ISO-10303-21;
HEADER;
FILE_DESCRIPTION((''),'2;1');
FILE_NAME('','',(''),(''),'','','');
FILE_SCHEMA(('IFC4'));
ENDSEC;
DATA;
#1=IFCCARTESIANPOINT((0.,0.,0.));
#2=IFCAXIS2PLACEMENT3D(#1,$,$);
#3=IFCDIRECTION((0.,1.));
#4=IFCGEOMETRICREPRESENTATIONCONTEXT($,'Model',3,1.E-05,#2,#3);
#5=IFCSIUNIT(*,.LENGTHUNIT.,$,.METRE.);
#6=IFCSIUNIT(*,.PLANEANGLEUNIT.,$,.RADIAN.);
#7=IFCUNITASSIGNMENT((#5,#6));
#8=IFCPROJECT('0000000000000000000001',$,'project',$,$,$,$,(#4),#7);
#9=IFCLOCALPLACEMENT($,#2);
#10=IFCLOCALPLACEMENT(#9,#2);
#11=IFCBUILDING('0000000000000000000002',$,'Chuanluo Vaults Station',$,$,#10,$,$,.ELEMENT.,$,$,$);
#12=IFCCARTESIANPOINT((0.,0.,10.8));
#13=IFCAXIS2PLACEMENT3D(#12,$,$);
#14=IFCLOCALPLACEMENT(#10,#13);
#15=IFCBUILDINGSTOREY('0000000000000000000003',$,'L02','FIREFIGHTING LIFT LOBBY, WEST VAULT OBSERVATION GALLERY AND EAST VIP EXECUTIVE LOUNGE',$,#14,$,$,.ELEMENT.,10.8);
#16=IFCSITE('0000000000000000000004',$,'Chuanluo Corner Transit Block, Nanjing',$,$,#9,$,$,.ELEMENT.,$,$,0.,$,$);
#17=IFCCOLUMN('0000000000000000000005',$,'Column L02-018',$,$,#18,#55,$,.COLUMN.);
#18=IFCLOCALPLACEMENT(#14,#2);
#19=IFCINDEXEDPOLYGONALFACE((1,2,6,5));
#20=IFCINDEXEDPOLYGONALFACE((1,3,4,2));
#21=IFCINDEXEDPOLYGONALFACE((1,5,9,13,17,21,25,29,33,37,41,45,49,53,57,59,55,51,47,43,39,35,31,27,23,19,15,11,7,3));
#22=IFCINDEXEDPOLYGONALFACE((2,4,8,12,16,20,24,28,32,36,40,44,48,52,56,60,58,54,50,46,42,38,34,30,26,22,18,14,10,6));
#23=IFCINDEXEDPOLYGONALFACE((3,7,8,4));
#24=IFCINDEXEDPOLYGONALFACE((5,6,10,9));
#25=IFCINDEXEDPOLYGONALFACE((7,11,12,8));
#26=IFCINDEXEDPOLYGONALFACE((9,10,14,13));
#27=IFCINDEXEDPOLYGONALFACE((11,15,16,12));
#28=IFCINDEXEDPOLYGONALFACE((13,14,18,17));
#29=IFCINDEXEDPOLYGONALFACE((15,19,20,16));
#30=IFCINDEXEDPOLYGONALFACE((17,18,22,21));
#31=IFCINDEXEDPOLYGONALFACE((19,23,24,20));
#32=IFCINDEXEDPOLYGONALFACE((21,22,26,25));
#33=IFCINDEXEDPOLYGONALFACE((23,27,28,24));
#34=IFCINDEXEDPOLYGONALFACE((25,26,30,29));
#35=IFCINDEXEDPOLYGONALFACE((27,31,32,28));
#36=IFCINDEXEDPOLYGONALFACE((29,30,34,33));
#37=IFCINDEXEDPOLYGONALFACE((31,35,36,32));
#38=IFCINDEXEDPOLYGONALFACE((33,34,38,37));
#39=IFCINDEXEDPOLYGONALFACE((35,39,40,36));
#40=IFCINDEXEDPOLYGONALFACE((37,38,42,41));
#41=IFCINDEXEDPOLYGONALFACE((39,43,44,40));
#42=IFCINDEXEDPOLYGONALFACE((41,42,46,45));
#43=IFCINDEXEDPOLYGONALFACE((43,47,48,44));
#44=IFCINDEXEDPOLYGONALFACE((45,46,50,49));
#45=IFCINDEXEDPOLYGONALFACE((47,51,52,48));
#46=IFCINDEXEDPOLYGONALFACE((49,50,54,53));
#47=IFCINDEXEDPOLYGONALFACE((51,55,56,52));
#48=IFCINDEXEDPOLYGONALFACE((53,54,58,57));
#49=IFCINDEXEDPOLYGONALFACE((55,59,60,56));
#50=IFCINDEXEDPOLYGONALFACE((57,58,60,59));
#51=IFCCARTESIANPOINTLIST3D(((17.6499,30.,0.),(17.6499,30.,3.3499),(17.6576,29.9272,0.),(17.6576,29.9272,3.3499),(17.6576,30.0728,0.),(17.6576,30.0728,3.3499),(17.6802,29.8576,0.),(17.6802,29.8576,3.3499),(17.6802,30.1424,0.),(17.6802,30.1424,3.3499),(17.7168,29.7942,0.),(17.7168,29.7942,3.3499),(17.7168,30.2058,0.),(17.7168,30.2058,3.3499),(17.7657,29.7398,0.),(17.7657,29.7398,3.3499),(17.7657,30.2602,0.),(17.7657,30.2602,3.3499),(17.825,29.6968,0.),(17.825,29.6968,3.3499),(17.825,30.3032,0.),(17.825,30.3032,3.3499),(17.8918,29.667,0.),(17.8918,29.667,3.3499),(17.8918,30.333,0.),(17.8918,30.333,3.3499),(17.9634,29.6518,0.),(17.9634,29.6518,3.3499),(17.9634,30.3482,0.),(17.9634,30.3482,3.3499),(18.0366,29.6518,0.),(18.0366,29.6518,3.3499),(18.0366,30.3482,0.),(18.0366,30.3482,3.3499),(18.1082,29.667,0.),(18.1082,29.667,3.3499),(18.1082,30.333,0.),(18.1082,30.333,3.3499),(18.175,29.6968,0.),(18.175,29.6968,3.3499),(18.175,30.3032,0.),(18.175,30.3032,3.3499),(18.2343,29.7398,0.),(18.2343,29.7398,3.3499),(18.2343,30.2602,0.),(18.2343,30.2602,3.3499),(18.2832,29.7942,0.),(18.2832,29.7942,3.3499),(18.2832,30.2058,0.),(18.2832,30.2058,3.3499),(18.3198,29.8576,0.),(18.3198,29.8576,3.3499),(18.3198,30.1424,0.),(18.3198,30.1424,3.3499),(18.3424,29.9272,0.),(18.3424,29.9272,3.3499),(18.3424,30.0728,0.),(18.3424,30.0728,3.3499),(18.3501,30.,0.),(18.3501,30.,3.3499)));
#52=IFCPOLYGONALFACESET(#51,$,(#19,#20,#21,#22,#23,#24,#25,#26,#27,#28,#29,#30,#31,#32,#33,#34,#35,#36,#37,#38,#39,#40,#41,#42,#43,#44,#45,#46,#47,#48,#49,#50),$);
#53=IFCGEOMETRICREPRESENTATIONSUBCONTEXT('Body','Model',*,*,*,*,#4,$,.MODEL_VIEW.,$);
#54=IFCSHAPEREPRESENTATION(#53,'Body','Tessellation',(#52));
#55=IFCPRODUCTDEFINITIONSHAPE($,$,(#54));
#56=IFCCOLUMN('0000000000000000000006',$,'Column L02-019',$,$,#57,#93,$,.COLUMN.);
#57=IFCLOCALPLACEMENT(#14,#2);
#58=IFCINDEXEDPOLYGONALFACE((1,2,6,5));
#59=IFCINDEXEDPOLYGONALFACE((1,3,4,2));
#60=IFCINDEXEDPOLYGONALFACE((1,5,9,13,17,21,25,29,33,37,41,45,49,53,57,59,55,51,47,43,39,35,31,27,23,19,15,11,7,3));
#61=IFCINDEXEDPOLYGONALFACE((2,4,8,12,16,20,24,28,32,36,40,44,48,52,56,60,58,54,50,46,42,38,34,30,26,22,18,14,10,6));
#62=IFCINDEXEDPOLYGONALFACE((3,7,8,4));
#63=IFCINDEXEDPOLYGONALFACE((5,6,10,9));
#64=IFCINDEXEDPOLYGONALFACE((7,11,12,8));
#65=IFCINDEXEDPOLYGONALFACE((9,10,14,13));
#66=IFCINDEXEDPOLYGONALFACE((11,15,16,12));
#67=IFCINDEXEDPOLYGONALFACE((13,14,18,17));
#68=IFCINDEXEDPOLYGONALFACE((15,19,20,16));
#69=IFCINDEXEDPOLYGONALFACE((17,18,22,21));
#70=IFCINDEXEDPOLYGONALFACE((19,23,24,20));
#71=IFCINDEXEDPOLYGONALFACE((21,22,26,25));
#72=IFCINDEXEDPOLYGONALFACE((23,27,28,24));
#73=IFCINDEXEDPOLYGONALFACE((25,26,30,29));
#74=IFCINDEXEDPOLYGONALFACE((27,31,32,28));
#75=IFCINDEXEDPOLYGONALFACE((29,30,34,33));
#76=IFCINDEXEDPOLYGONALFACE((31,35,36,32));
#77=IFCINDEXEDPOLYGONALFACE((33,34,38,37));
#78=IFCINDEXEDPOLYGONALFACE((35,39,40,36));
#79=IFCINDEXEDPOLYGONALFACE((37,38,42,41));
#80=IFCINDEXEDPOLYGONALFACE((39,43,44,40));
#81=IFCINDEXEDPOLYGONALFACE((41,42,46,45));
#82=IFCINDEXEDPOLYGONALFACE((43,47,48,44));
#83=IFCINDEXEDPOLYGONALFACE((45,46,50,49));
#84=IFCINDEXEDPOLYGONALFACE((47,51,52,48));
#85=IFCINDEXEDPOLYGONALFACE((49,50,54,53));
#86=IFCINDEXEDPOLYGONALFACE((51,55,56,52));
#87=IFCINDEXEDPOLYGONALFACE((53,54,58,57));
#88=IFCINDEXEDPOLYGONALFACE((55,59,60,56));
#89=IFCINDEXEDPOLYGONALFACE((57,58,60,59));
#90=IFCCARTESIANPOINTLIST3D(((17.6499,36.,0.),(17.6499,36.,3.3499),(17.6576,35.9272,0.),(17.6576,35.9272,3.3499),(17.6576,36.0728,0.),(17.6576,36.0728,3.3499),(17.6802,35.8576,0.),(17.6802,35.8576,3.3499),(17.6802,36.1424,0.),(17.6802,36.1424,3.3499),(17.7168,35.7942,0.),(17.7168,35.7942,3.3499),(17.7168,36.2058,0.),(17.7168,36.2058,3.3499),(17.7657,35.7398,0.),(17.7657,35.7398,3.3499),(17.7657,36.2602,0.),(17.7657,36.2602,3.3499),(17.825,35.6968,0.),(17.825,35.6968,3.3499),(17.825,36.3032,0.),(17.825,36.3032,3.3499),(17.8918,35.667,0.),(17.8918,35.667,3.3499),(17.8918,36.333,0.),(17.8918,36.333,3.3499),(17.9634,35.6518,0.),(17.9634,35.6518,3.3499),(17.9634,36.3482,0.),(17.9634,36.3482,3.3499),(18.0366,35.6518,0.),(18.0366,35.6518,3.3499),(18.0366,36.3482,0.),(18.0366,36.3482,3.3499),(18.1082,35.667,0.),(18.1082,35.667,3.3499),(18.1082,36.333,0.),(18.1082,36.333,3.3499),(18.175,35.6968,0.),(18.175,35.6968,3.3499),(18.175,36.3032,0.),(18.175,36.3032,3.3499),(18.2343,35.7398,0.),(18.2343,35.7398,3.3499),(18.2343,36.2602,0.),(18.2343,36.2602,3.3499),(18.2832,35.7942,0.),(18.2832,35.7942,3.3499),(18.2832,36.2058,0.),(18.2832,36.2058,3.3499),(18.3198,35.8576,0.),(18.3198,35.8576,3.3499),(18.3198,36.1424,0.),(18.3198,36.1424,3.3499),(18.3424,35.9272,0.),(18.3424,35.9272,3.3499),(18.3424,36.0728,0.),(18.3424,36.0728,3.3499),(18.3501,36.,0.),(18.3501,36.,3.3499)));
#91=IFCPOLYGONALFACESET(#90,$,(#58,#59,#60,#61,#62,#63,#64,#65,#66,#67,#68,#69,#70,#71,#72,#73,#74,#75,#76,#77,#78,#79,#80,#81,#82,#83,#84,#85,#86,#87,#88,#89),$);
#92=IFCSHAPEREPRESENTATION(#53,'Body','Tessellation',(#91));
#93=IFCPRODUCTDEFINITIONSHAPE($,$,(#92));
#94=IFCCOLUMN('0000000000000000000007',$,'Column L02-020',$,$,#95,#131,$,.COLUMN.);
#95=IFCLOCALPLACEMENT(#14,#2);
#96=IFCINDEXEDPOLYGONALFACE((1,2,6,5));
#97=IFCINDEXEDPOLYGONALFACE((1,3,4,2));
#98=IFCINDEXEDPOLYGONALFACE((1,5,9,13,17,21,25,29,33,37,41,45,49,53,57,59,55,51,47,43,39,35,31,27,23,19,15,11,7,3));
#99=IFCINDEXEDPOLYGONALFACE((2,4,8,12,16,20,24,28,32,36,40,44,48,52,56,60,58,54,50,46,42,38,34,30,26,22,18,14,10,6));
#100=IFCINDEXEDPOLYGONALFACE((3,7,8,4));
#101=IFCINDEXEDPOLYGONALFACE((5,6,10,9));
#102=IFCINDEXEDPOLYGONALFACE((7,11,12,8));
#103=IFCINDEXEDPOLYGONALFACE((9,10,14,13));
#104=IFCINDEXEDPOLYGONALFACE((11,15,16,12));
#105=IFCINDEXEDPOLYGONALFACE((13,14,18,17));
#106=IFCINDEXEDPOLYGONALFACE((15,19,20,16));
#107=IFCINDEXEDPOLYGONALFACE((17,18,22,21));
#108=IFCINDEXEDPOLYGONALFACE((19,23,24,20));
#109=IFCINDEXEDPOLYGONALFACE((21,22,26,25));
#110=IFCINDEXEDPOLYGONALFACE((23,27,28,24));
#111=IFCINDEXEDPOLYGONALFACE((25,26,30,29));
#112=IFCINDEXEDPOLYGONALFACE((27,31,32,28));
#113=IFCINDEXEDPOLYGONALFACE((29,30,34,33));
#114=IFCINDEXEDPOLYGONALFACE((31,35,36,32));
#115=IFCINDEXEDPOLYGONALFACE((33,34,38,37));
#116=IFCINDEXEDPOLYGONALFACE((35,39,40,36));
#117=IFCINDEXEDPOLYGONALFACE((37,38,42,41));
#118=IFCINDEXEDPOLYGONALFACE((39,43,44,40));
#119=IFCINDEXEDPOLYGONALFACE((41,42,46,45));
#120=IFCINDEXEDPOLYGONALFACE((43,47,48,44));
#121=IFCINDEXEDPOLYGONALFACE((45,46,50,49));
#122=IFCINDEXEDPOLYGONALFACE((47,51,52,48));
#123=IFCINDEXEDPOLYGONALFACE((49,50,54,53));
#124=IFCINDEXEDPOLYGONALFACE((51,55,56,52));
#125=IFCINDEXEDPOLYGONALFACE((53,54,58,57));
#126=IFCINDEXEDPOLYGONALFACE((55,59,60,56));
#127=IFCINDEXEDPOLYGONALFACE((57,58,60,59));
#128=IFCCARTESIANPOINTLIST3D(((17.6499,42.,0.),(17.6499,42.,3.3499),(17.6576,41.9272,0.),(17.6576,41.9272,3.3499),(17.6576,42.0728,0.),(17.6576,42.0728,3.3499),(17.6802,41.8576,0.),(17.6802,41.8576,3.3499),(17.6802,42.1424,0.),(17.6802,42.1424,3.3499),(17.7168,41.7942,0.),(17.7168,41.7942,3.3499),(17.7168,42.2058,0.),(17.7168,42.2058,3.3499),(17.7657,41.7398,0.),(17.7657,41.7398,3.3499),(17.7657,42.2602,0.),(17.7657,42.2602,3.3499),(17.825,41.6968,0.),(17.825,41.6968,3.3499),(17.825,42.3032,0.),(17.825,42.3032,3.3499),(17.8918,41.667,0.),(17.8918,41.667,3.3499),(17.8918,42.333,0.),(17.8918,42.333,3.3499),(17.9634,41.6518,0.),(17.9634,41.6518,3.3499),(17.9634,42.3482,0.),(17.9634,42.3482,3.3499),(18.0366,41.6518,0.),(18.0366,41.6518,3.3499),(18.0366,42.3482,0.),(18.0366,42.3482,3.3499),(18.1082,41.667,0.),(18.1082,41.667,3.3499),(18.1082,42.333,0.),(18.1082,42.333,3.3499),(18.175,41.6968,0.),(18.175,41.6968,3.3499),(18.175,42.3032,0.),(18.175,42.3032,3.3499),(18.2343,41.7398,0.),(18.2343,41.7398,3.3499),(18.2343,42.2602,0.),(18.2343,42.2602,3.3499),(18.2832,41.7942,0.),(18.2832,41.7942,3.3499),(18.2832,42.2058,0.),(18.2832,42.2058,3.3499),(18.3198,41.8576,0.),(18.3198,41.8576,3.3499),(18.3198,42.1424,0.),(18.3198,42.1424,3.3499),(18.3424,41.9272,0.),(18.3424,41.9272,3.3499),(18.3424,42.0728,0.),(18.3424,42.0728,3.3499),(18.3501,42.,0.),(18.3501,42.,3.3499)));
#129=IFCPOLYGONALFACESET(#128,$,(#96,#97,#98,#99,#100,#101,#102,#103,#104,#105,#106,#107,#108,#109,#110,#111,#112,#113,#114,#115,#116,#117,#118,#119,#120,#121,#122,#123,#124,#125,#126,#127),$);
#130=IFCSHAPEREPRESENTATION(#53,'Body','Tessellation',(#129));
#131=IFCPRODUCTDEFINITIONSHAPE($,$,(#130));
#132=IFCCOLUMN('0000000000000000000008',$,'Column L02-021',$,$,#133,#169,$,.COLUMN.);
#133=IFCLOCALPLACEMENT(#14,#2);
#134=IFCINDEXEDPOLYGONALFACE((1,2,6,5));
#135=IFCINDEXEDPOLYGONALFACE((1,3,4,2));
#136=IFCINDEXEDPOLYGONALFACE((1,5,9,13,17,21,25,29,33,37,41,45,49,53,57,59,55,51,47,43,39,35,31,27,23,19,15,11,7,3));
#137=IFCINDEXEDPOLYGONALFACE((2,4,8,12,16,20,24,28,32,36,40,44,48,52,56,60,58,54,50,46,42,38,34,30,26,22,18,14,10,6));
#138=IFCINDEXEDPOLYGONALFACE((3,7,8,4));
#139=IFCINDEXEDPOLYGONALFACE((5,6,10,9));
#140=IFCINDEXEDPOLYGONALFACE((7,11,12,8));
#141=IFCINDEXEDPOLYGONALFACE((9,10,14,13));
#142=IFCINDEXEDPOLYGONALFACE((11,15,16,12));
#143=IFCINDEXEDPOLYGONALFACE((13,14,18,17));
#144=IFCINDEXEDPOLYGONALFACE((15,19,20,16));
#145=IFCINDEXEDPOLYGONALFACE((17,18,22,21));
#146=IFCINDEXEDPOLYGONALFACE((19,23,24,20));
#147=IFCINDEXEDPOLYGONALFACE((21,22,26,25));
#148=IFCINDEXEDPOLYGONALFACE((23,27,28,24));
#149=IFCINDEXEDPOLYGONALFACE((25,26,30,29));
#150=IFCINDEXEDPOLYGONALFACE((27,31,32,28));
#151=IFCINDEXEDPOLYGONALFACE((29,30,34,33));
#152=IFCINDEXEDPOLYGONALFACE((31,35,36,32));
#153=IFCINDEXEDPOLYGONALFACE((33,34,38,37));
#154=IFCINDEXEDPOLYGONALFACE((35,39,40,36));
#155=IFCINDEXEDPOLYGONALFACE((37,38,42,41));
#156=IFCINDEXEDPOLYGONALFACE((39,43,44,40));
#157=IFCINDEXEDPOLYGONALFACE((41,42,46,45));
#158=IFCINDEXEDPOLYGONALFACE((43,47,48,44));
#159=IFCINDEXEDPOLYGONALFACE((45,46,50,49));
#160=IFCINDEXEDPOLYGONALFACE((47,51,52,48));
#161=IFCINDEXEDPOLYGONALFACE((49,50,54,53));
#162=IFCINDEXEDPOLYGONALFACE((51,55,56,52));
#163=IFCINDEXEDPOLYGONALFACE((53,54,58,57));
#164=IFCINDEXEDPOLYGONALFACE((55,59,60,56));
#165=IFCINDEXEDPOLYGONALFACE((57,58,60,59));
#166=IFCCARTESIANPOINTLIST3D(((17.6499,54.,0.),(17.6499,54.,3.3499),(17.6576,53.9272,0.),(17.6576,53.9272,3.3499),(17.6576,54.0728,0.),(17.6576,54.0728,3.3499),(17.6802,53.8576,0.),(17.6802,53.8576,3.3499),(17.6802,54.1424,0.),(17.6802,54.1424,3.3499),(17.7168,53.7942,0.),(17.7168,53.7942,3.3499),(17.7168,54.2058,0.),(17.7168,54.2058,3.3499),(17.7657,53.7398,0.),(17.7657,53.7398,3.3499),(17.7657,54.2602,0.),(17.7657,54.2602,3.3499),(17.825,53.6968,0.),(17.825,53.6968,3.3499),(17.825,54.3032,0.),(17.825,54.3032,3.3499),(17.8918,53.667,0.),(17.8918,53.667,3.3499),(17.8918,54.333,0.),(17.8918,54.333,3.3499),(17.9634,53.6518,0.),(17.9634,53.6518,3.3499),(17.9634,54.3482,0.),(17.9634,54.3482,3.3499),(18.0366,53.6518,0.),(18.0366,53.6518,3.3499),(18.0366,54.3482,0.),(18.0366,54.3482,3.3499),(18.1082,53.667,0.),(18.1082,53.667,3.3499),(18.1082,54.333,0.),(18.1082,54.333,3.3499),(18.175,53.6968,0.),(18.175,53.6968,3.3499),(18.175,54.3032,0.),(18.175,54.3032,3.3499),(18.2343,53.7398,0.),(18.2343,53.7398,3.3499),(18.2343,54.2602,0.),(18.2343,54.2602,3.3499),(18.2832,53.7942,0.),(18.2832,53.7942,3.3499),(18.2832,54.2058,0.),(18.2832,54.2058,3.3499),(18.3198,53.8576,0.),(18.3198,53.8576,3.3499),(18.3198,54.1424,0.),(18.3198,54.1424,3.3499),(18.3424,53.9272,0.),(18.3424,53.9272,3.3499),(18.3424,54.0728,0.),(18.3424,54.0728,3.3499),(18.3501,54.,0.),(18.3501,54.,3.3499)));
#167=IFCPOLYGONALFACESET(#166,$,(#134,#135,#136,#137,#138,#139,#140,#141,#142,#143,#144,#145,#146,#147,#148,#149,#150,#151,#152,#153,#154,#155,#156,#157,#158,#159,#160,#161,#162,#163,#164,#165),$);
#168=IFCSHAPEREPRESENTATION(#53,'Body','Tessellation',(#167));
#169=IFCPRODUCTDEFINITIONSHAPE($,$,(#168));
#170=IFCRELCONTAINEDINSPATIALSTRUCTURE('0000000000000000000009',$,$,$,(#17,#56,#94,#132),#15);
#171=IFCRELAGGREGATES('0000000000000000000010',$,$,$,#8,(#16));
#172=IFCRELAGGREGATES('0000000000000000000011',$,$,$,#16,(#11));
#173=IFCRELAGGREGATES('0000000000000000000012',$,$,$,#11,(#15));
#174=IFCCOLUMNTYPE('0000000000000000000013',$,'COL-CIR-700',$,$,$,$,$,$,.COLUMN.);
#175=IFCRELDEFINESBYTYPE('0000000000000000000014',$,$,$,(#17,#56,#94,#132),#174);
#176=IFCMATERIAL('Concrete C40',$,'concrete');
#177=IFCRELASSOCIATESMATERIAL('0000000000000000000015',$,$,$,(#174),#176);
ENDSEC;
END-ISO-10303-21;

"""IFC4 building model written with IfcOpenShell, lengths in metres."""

from ifc_helpers import new_model, si_unit, direction, frame, origin, origin_2d, place, context, subcontext, project, spatial, circle, extrude, material, material_profile, profile_set, type_object, element, save


model = new_model("IFC4")

# Units and contexts
model_context = context("Model", 3, precision=1e-05, world=origin(), true_north=direction((0.0, 1.0)))
body_context = subcontext(model_context, "Body", "Model", "MODEL_VIEW")
ifc_project = project(units=[si_unit("LENGTHUNIT", "METRE"), si_unit("PLANEANGLEUNIT", "RADIAN")], contexts=[model_context])

# Site, building, storey
site_placement = place(None, origin())
site = spatial("IfcSite", under=ifc_project, at=site_placement, Name="Chuanluo Corner Transit Block, Nanjing", CompositionType="ELEMENT", RefElevation=0.0)
building_placement = place(site_placement, origin())
building = spatial("IfcBuilding", under=site, at=building_placement, Name="Chuanluo Vaults Station", CompositionType="ELEMENT")
storey_placement = place(building_placement, frame((0.0, 0.0, 10.8)))
storey = spatial("IfcBuildingStorey", under=building, at=storey_placement, Name="L02", Description="FIREFIGHTING LIFT LOBBY, WEST VAULT OBSERVATION GALLERY AND EAST VIP EXECUTIVE LOUNGE", CompositionType="ELEMENT", Elevation=10.8)

# Columns
ifc_material_1 = material(Name="Concrete C40", Category="concrete")
ifc_material_profile_1 = material_profile(ifc_material_1, circle(Radius=0.3501, at=origin_2d()))
ifc_profile_set_1 = profile_set([ifc_material_profile_1], Name="Concrete C40")
column_type = type_object("IfcColumnType", Name="COL-CIR-700", PredefinedType="COLUMN", material=ifc_profile_set_1)
for number, where, z_axis, x_axis, name in (
    (1, (18.0, 30.0, 0.0), (0.0, 0.0, 1.0), (1.0, 0.0, 0.0), "Column L02-018"),
    (2, (18.0, 36.0, 0.0), (0.0, 0.0, 1.0), (1.0, 0.0, 0.0), "Column L02-019"),
    (3, (18.0, 42.0, 0.0), (0.0, 0.0, 1.0), (1.0, 0.0, 0.0), "Column L02-020"),
    (4, (18.0, 54.0, 0.0), (0.0, 0.0, 1.0), (1.0, 0.0, 0.0), "Column L02-021"),
):
    element("IfcColumn", number, at=place(storey_placement, frame(where, z_axis=z_axis, x_axis=x_axis)), inside=storey, type_object=column_type, Name=name, PredefinedType="COLUMN", context=body_context, shape_type="SweptSolid", body=[
        extrude(circle(Radius=0.3501, at=origin_2d()), origin(), (0.0, 0.0, 1.0), 3.3499),
    ])

save(model, "model.ifc")
